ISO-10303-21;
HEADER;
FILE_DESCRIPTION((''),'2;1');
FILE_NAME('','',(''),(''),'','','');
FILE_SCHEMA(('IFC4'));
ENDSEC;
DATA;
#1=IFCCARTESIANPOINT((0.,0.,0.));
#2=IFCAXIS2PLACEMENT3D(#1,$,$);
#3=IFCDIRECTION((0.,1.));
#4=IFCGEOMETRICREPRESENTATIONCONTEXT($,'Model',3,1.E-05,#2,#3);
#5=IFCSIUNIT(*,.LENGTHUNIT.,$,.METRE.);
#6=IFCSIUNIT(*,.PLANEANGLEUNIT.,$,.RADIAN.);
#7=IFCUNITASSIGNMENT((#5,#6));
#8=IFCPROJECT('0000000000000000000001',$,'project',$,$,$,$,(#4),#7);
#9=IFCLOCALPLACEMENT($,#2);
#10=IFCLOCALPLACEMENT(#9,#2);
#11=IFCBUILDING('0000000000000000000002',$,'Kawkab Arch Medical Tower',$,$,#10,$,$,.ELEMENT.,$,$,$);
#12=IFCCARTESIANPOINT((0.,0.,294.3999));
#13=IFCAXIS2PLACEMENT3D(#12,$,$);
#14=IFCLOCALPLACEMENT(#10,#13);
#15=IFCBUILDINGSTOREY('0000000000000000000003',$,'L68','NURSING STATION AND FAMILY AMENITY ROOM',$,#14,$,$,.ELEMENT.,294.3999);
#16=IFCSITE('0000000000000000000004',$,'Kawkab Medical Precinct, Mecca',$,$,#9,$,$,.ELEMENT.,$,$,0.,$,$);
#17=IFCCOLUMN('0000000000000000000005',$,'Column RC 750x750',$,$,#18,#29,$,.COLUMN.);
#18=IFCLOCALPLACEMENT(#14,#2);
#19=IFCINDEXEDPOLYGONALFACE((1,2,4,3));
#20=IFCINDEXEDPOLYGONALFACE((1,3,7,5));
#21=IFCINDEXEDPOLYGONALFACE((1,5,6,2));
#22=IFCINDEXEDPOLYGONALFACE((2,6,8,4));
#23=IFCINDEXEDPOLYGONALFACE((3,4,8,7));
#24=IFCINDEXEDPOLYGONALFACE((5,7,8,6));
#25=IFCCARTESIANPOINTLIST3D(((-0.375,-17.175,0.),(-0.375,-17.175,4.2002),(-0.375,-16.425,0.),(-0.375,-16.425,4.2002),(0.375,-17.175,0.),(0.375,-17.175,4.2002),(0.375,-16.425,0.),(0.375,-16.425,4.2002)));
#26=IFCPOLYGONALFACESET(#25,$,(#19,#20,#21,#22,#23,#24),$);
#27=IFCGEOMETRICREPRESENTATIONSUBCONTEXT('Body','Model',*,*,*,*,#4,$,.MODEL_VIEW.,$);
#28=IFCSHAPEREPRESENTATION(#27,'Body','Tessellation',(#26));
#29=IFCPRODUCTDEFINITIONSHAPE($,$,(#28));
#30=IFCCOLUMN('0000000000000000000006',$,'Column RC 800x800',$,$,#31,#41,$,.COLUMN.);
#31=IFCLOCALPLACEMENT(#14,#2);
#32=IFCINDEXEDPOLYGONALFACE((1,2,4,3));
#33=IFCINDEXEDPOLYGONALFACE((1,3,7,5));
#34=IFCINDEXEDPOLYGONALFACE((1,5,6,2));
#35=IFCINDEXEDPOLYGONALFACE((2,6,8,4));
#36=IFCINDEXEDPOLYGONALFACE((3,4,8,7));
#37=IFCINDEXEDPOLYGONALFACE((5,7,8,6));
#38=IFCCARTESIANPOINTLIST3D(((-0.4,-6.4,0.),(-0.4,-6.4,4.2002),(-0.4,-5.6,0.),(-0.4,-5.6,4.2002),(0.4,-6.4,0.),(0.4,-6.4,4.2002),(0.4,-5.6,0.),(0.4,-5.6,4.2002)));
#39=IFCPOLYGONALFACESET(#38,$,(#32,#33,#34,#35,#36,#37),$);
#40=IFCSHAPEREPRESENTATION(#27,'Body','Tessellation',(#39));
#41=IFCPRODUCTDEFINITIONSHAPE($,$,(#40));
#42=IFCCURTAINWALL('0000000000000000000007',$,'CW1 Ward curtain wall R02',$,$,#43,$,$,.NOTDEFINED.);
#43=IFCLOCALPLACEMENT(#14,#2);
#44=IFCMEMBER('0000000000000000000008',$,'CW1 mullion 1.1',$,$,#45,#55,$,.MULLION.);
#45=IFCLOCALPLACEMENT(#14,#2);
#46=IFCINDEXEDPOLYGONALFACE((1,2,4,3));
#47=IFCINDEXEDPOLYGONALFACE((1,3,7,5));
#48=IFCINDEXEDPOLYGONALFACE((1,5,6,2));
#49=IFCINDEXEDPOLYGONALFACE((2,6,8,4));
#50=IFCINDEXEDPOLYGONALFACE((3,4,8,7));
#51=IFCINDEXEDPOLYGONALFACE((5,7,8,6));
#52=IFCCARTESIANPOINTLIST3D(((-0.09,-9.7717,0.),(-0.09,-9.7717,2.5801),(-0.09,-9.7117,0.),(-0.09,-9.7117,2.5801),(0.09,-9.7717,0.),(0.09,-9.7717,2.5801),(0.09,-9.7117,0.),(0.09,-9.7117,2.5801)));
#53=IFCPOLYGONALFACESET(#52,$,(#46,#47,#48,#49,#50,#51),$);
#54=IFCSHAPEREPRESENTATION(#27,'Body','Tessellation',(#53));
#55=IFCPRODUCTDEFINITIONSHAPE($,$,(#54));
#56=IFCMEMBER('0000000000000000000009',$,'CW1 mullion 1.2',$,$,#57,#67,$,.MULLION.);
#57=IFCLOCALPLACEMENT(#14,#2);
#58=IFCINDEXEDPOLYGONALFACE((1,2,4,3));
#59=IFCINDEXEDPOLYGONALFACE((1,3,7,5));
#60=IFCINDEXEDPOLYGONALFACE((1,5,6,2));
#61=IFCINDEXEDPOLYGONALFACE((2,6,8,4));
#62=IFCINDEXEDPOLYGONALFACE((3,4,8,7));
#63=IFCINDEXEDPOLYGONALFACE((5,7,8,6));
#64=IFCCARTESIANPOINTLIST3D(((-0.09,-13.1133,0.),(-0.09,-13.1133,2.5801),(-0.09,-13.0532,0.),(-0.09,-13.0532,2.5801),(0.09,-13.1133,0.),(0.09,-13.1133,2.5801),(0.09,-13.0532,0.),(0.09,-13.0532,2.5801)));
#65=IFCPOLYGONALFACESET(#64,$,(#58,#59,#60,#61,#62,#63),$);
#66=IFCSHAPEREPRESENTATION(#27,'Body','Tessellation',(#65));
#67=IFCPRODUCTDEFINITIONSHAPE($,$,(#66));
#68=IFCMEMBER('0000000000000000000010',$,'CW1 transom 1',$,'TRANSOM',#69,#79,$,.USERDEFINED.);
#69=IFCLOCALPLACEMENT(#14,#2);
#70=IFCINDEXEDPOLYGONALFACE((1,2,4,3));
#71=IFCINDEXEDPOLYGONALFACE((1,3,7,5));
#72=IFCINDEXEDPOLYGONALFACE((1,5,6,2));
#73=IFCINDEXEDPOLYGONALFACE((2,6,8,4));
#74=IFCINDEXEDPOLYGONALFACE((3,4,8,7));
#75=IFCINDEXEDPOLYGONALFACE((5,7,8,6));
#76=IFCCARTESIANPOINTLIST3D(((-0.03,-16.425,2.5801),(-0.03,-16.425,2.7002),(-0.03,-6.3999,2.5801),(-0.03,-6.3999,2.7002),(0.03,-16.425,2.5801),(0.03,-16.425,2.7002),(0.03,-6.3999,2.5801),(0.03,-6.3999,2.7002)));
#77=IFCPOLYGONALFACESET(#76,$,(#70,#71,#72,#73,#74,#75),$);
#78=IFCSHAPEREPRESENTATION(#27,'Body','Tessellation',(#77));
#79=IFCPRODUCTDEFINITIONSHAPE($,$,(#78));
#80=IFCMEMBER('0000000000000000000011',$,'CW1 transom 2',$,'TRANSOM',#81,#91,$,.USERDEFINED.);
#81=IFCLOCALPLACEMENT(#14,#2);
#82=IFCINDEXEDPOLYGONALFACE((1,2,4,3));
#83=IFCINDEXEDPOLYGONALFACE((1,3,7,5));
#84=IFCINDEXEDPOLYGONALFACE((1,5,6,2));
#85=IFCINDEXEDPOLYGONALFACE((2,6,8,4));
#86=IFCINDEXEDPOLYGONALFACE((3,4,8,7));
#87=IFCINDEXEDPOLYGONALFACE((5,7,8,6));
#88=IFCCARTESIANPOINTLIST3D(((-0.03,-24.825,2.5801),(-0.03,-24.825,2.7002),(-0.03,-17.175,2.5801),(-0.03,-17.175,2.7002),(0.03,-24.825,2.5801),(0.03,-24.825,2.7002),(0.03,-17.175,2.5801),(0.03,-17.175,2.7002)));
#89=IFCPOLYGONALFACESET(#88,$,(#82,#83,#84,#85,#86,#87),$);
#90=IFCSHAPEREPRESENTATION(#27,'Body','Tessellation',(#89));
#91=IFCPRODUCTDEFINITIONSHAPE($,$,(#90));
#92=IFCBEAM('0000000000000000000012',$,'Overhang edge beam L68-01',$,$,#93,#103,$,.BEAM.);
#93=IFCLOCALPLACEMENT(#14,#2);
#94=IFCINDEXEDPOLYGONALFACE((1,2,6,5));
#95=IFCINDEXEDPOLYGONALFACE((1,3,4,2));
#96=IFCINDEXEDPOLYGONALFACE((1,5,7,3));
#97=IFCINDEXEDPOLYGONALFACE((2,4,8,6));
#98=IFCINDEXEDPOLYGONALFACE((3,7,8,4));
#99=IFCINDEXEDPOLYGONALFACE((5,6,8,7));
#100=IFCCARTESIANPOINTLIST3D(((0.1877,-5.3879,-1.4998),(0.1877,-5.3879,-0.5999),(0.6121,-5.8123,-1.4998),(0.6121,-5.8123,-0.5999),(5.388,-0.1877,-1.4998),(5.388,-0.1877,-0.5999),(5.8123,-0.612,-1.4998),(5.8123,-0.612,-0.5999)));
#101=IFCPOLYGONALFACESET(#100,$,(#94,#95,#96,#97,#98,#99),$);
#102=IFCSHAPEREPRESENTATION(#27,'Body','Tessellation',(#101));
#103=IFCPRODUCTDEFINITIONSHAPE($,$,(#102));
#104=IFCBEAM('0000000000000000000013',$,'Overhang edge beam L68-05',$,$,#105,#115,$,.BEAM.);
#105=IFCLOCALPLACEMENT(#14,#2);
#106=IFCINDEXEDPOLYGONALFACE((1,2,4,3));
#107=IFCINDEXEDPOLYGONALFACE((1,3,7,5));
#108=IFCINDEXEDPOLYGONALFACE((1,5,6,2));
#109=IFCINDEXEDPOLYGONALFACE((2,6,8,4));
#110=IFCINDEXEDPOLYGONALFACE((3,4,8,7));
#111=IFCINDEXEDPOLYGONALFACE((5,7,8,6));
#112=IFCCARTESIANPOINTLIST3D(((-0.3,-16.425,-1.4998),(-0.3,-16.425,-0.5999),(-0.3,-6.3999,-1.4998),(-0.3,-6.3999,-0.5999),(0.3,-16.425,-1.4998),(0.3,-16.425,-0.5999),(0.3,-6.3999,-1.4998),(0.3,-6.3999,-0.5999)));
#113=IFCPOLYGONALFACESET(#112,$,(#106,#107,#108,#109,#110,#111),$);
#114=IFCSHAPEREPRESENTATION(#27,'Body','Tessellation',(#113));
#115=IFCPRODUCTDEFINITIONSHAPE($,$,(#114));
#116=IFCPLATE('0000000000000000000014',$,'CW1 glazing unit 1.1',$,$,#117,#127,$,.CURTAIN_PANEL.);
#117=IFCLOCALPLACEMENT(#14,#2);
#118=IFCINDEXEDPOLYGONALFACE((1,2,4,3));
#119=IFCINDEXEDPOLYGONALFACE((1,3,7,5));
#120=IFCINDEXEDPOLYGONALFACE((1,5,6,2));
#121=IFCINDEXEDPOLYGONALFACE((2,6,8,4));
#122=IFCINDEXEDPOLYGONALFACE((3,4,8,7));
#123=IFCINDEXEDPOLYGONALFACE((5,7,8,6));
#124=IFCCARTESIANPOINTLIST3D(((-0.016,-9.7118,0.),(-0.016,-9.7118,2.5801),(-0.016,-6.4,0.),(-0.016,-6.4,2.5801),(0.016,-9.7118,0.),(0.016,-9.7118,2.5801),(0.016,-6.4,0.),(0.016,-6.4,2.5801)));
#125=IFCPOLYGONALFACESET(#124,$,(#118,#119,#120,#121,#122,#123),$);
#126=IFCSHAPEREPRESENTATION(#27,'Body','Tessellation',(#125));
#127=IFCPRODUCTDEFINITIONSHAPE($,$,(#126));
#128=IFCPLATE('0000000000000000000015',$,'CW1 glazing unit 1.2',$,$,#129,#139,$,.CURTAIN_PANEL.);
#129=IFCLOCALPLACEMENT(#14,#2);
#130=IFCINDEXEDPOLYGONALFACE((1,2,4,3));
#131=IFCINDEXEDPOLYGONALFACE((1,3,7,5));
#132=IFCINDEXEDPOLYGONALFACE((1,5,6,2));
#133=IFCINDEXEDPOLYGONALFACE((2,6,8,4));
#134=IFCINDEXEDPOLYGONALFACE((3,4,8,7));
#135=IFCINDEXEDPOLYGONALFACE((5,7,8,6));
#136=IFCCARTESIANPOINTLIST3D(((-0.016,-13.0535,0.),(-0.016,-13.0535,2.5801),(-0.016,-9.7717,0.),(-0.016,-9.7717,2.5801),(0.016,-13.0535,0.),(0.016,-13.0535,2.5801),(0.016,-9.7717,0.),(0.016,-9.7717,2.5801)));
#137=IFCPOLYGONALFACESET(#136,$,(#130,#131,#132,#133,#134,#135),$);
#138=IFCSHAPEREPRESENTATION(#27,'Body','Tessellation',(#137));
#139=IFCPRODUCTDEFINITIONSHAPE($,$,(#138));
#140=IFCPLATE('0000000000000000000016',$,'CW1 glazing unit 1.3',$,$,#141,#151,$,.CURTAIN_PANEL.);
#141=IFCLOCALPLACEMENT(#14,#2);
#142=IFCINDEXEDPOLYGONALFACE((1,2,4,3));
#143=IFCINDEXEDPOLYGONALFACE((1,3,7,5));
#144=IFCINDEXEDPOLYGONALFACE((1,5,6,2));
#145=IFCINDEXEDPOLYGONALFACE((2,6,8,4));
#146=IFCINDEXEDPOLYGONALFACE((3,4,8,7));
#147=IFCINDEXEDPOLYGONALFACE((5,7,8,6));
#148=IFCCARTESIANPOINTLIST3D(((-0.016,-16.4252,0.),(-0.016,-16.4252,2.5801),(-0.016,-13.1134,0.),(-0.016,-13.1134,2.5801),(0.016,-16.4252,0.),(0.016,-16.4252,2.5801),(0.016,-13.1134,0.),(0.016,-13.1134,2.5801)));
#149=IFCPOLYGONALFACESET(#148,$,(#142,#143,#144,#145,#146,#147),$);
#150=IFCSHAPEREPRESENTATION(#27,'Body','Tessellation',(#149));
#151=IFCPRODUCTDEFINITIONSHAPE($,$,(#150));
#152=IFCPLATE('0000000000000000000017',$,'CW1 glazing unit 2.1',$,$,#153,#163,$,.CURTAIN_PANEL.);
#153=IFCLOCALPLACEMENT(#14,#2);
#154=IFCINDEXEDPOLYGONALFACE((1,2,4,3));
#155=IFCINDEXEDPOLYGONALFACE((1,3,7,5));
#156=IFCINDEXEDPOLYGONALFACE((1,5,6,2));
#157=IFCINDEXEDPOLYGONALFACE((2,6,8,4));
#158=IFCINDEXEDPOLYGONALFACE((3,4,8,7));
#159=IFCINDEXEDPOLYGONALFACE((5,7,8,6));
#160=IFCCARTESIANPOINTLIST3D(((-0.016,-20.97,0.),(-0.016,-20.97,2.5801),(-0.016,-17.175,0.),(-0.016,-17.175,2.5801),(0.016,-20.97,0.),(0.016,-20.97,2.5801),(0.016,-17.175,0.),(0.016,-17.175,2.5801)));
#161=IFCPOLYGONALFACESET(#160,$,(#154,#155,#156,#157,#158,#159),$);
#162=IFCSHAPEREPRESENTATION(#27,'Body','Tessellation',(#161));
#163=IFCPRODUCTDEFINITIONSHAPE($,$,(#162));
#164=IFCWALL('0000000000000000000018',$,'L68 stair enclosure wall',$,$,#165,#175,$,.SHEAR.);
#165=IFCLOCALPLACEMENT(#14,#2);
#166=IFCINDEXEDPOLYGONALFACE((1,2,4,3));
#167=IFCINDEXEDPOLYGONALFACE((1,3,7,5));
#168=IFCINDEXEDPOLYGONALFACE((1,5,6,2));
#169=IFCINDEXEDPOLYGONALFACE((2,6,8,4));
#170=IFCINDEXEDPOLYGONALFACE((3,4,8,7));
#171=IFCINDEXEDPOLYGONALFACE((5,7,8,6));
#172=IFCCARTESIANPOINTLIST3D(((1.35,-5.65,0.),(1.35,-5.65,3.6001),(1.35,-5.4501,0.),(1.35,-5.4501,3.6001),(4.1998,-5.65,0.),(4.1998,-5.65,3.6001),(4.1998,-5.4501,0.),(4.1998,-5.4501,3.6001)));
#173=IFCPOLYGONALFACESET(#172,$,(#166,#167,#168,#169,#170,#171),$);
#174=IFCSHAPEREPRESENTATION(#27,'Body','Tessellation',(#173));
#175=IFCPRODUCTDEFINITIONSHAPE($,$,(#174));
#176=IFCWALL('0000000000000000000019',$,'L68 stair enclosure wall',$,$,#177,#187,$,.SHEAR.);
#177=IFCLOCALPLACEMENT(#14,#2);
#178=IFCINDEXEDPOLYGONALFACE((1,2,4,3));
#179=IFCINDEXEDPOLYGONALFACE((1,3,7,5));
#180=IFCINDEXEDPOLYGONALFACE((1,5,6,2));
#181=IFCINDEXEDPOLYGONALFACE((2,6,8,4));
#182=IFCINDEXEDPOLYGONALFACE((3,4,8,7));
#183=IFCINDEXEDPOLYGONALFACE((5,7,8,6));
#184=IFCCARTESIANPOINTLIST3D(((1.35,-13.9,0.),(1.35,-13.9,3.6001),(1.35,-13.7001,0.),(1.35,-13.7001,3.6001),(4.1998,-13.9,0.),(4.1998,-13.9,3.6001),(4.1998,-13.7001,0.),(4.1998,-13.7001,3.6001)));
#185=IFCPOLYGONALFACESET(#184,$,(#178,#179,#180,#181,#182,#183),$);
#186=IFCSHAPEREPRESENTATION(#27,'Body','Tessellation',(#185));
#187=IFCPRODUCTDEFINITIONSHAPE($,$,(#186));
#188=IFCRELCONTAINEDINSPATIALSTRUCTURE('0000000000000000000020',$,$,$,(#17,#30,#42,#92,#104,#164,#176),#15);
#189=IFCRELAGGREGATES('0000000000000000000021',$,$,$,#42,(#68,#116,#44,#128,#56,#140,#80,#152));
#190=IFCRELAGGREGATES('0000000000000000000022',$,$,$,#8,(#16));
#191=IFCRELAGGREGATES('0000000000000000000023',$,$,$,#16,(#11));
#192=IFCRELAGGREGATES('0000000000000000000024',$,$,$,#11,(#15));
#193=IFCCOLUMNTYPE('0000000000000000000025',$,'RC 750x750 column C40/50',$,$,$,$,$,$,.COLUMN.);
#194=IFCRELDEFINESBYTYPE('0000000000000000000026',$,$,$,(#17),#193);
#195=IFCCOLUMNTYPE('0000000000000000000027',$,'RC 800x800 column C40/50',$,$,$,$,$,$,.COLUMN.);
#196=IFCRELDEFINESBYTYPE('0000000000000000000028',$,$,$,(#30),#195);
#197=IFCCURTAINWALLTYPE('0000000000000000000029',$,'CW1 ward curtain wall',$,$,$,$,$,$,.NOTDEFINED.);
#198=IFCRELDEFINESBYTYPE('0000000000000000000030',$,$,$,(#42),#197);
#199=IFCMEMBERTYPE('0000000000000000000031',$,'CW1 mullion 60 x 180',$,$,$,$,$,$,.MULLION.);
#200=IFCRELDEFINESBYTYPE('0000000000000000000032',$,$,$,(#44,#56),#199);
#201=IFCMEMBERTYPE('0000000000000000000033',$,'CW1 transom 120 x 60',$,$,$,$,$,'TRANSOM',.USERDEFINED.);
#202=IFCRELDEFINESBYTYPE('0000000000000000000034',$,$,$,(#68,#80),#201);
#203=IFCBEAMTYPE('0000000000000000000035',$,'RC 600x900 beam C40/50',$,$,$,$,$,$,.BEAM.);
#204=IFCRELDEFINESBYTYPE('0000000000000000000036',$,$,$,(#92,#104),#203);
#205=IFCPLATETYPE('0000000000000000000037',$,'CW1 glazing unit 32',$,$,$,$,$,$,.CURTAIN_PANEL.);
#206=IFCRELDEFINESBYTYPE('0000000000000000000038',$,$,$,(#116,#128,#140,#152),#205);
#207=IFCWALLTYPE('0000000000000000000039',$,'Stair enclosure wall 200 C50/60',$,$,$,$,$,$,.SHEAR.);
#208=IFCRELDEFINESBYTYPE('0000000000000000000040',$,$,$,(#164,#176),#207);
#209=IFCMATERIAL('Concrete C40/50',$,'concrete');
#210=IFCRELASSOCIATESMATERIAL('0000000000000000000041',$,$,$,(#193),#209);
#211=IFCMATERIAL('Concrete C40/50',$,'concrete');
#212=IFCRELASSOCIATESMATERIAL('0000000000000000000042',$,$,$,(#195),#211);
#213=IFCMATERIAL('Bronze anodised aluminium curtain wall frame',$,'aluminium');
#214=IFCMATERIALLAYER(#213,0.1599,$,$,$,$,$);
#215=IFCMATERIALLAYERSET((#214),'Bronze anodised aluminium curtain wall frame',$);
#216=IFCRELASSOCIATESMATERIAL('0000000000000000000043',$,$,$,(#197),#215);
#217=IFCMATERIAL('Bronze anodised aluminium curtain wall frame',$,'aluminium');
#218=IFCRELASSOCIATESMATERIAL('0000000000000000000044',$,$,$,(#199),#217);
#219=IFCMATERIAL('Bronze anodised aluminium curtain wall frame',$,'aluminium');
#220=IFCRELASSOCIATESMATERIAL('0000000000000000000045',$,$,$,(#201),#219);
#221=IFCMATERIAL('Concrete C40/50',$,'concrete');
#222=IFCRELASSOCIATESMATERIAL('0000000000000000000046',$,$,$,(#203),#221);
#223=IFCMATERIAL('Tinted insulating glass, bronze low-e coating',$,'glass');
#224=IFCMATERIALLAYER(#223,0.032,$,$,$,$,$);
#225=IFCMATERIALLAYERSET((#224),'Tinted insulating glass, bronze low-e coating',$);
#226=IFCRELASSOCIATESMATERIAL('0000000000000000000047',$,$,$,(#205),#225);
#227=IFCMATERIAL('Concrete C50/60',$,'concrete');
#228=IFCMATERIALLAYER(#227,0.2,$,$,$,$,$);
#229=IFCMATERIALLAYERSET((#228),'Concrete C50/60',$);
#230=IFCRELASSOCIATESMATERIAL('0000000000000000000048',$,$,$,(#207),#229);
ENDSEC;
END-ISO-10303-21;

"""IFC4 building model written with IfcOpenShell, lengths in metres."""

from ifc_helpers import new_model, si_unit, direction, frame, frame_2d, origin, origin_2d, place, context, subcontext, project, spatial, rectangle, extrude, material, layer, layer_set, material_profile, profile_set, type_object, element, aggregate, save


model = new_model("IFC4")

# Units and contexts
model_context = context("Model", 3, precision=1e-05, world=origin(), true_north=direction((0.0, 1.0)))
body_context = subcontext(model_context, "Body", "Model", "MODEL_VIEW")
ifc_project = project(units=[si_unit("LENGTHUNIT", "METRE"), si_unit("PLANEANGLEUNIT", "RADIAN")], contexts=[model_context])

# Site, building, storey
site_placement = place(None, origin())
site = spatial("IfcSite", under=ifc_project, at=site_placement, Name="Kawkab Medical Precinct, Mecca", CompositionType="ELEMENT", RefElevation=0.0)
building_placement = place(site_placement, origin())
building = spatial("IfcBuilding", under=site, at=building_placement, Name="Kawkab Arch Medical Tower", CompositionType="ELEMENT")
storey_placement = place(building_placement, frame((0.0, 0.0, 294.3999)))
storey = spatial("IfcBuildingStorey", under=building, at=storey_placement, Name="L68", Description="NURSING STATION AND FAMILY AMENITY ROOM", CompositionType="ELEMENT", Elevation=294.3999)

# Columns
ifc_material_1 = material(Name="Concrete C40/50", Category="concrete")
ifc_material_profile_1 = material_profile(ifc_material_1, rectangle(XDim=0.75, YDim=0.75, at=origin_2d()), Name="RC 750x750")
ifc_profile_set_1 = profile_set([ifc_material_profile_1], Name="Concrete C40/50")
column_type_1 = type_object("IfcColumnType", Name="RC 750x750 column C40/50", PredefinedType="COLUMN", material=ifc_profile_set_1)
column_1_placement = place(storey_placement, frame((0.0, -16.8, 0.0), z_axis=(0.0, 0.0, 1.0), x_axis=(1.0, 0.0, 0.0)))
element("IfcColumn", 1, at=column_1_placement, inside=storey, type_object=column_type_1, Name="Column RC 750x750", PredefinedType="COLUMN", context=body_context, shape_type="SweptSolid", body=[
    extrude(rectangle(XDim=0.75, YDim=0.75, at=origin_2d()), origin(), (0.0, 0.0, 1.0), 4.2002),
])
ifc_material_2 = material(Name="Concrete C40/50", Category="concrete")
ifc_material_profile_2 = material_profile(ifc_material_2, rectangle(XDim=0.8, YDim=0.8, at=origin_2d()), Name="RC 800x800")
ifc_profile_set_2 = profile_set([ifc_material_profile_2], Name="Concrete C40/50")
column_type_2 = type_object("IfcColumnType", Name="RC 800x800 column C40/50", PredefinedType="COLUMN", material=ifc_profile_set_2)
column_2_placement = place(storey_placement, frame((0.0, -6.0, 0.0), z_axis=(0.0, 0.0, 1.0), x_axis=(1.0, 0.0, 0.0)))
element("IfcColumn", 2, at=column_2_placement, inside=storey, type_object=column_type_2, Name="Column RC 800x800", PredefinedType="COLUMN", context=body_context, shape_type="SweptSolid", body=[
    extrude(rectangle(XDim=0.8, YDim=0.8, at=origin_2d()), origin(), (0.0, 0.0, 1.0), 4.2002),
])

# Curtain wall, members
ifc_material_3 = material(Name="Bronze anodised aluminium curtain wall frame", Category="aluminium")
ifc_layer_1 = layer(ifc_material_3, 0.1599)
ifc_layer_set_1 = layer_set([ifc_layer_1], Name="Bronze anodised aluminium curtain wall frame")
curtain_wall_type = type_object("IfcCurtainWallType", Name="CW1 ward curtain wall", PredefinedType="NOTDEFINED", material=ifc_layer_set_1)
placement = place(storey_placement, origin())
curtain_wall = element("IfcCurtainWall", 3, at=placement, inside=storey, type_object=curtain_wall_type, Name="CW1 Ward curtain wall R02", PredefinedType="NOTDEFINED")
ifc_material_4 = material(Name="Bronze anodised aluminium curtain wall frame", Category="aluminium")
ifc_material_profile_3 = material_profile(ifc_material_4, rectangle(XDim=0.1799, YDim=0.0601, at=origin_2d()), Name="AL 60x180")
ifc_profile_set_3 = profile_set([ifc_material_profile_3], Name="Bronze anodised aluminium curtain wall frame")
member_type_1 = type_object("IfcMemberType", Name="CW1 mullion 60 x 180", PredefinedType="MULLION", material=ifc_profile_set_3)
member_1_placement = place(storey_placement, frame((0.0, -9.7417, 0.0), z_axis=(0.0, 0.0, 1.0), x_axis=(1.0, 0.0, 0.0)))
member_1 = element("IfcMember", 4, at=member_1_placement, type_object=member_type_1, Name="CW1 mullion 1.1", PredefinedType="MULLION", context=body_context, shape_type="SweptSolid", body=[
    extrude(rectangle(XDim=0.1799, YDim=0.0601, at=origin_2d()), origin(), (0.0, 0.0, 1.0), 2.5801),
])
member_2_placement = place(storey_placement, frame((0.0, -13.0833, 0.0), z_axis=(0.0, 0.0, 1.0), x_axis=(1.0, 0.0, 0.0)))
member_2 = element("IfcMember", 5, at=member_2_placement, type_object=member_type_1, Name="CW1 mullion 1.2", PredefinedType="MULLION", context=body_context, shape_type="SweptSolid", body=[
    extrude(rectangle(XDim=0.1799, YDim=0.0601, at=origin_2d()), origin(), (0.0, 0.0, 1.0), 2.5801),
])
ifc_material_5 = material(Name="Bronze anodised aluminium curtain wall frame", Category="aluminium")
ifc_material_profile_4 = material_profile(ifc_material_5, rectangle(XDim=0.0601, YDim=0.1201, at=origin_2d()), Name="AL 60x120")
ifc_profile_set_4 = profile_set([ifc_material_profile_4], Name="Bronze anodised aluminium curtain wall frame")
member_type_2 = type_object("IfcMemberType", Name="CW1 transom 120 x 60", ElementType="TRANSOM", PredefinedType="USERDEFINED", material=ifc_profile_set_4)
member_3_placement = place(storey_placement, frame((0.0, -6.3999, 2.6401), z_axis=(0.0, -1.0, 0.0), x_axis=(1.0, 0.0, 0.0)))
member_3 = element("IfcMember", 6, at=member_3_placement, type_object=member_type_2, Name="CW1 transom 1", ObjectType="TRANSOM", PredefinedType="USERDEFINED", context=body_context, shape_type="SweptSolid", body=[
    extrude(rectangle(XDim=0.0601, YDim=0.1201, at=origin_2d()), origin(), (0.0, 0.0, 1.0), 10.0251),
])
member_4_placement = place(storey_placement, frame((0.0, -17.175, 2.6401), z_axis=(0.0, -1.0, 0.0), x_axis=(1.0, 0.0, 0.0)))
member_4 = element("IfcMember", 7, at=member_4_placement, type_object=member_type_2, Name="CW1 transom 2", ObjectType="TRANSOM", PredefinedType="USERDEFINED", context=body_context, shape_type="SweptSolid", body=[
    extrude(rectangle(XDim=0.0601, YDim=0.1201, at=origin_2d()), origin(), (0.0, 0.0, 1.0), 7.6499),
])

# Beams
ifc_material_6 = material(Name="Concrete C40/50", Category="concrete")
ifc_material_profile_5 = material_profile(ifc_material_6, rectangle(XDim=0.6001, YDim=0.8999, at=origin_2d()), Name="RC 600x900")
ifc_profile_set_5 = profile_set([ifc_material_profile_5], Name="Concrete C40/50")
beam_type = type_object("IfcBeamType", Name="RC 600x900 beam C40/50", PredefinedType="BEAM", material=ifc_profile_set_5)
beam_1_placement = place(storey_placement, frame((0.3999, -5.6001, -1.0498), z_axis=(0.707107, 0.707107, 0.0), x_axis=(-0.707107, 0.707107, 0.0)))
element("IfcBeam", 8, at=beam_1_placement, inside=storey, type_object=beam_type, Name="Overhang edge beam L68-01", PredefinedType="BEAM", context=body_context, shape_type="SweptSolid", body=[
    extrude(rectangle(XDim=0.6001, YDim=0.8999, at=origin_2d()), origin(), (0.0, 0.0, 1.0), 7.3542),
])
beam_2_placement = place(storey_placement, frame((0.0, -16.425, -1.0498), z_axis=(0.0, 1.0, 0.0), x_axis=(-1.0, 0.0, 0.0)))
element("IfcBeam", 9, at=beam_2_placement, inside=storey, type_object=beam_type, Name="Overhang edge beam L68-05", PredefinedType="BEAM", context=body_context, shape_type="SweptSolid", body=[
    extrude(rectangle(XDim=0.6001, YDim=0.8999, at=origin_2d()), origin(), (0.0, 0.0, 1.0), 10.0251),
])

# Plates
ifc_material_7 = material(Name="Tinted insulating glass, bronze low-e coating", Category="glass")
ifc_layer_2 = layer(ifc_material_7, 0.032)
ifc_layer_set_2 = layer_set([ifc_layer_2], Name="Tinted insulating glass, bronze low-e coating")
plate_type = type_object("IfcPlateType", Name="CW1 glazing unit 32", PredefinedType="CURTAIN_PANEL", material=ifc_layer_set_2)
plate_1_placement = place(storey_placement, frame((0.0, -8.0559, 0.0), z_axis=(0.0, 0.0, 1.0), x_axis=(0.0, -1.0, 0.0)))
plate_1 = element("IfcPlate", 10, at=plate_1_placement, type_object=plate_type, Name="CW1 glazing unit 1.1", PredefinedType="CURTAIN_PANEL", context=body_context, shape_type="SweptSolid", body=[
    extrude(rectangle(XDim=3.3118, YDim=0.032, at=origin_2d()), origin(), (0.0, 0.0, 1.0), 2.5801),
])
plate_2_placement = place(storey_placement, frame((0.0, -11.4126, 0.0), z_axis=(0.0, 0.0, 1.0), x_axis=(0.0, -1.0, 0.0)))
plate_2 = element("IfcPlate", 11, at=plate_2_placement, type_object=plate_type, Name="CW1 glazing unit 1.2", PredefinedType="CURTAIN_PANEL", context=body_context, shape_type="SweptSolid", body=[
    extrude(rectangle(XDim=3.2817, YDim=0.032, at=origin_2d()), origin(), (0.0, 0.0, 1.0), 2.5801),
])
plate_3_placement = place(storey_placement, frame((0.0, -14.7693, 0.0), z_axis=(0.0, 0.0, 1.0), x_axis=(0.0, -1.0, 0.0)))
plate_3 = element("IfcPlate", 12, at=plate_3_placement, type_object=plate_type, Name="CW1 glazing unit 1.3", PredefinedType="CURTAIN_PANEL", context=body_context, shape_type="SweptSolid", body=[
    extrude(rectangle(XDim=3.3118, YDim=0.032, at=origin_2d()), origin(), (0.0, 0.0, 1.0), 2.5801),
])
plate_4_placement = place(storey_placement, frame((0.0, -19.0725, 0.0), z_axis=(0.0, 0.0, 1.0), x_axis=(0.0, -1.0, 0.0)))
plate_4 = element("IfcPlate", 13, at=plate_4_placement, type_object=plate_type, Name="CW1 glazing unit 2.1", PredefinedType="CURTAIN_PANEL", context=body_context, shape_type="SweptSolid", body=[
    extrude(rectangle(XDim=3.7949, YDim=0.032, at=origin_2d()), origin(), (0.0, 0.0, 1.0), 2.5801),
])
aggregate(curtain_wall, [member_3, plate_1, member_1, plate_2, member_2, plate_3, member_4, plate_4])

# Walls
ifc_material_8 = material(Name="Concrete C50/60", Category="concrete")
ifc_layer_3 = layer(ifc_material_8, 0.2)
ifc_layer_set_3 = layer_set([ifc_layer_3], Name="Concrete C50/60")
wall_type_1 = type_object("IfcWallType", Name="Stair enclosure wall 200 C50/60", PredefinedType="SHEAR", material=ifc_layer_set_3)
for number, where, z_axis, x_axis, name in (
    (14, (1.3501, -5.55, 0.0), (0.0, 0.0, 1.0), (1.0, 0.0, 0.0), "L68 stair enclosure wall"),
    (15, (1.3501, -13.8, 0.0), (0.0, 0.0, 1.0), (1.0, 0.0, 0.0), "L68 stair enclosure wall"),
):
    element("IfcWall", number, at=place(storey_placement, frame(where, z_axis=z_axis, x_axis=x_axis)), inside=storey, type_object=wall_type_1, Name=name, PredefinedType="SHEAR", context=body_context, shape_type="SweptSolid", body=[
        extrude(rectangle(XDim=2.8499, YDim=0.2, at=frame_2d((1.4248, 0.0))), origin(), (0.0, 0.0, 1.0), 3.6001),
    ])

save(model, "model.ifc")
